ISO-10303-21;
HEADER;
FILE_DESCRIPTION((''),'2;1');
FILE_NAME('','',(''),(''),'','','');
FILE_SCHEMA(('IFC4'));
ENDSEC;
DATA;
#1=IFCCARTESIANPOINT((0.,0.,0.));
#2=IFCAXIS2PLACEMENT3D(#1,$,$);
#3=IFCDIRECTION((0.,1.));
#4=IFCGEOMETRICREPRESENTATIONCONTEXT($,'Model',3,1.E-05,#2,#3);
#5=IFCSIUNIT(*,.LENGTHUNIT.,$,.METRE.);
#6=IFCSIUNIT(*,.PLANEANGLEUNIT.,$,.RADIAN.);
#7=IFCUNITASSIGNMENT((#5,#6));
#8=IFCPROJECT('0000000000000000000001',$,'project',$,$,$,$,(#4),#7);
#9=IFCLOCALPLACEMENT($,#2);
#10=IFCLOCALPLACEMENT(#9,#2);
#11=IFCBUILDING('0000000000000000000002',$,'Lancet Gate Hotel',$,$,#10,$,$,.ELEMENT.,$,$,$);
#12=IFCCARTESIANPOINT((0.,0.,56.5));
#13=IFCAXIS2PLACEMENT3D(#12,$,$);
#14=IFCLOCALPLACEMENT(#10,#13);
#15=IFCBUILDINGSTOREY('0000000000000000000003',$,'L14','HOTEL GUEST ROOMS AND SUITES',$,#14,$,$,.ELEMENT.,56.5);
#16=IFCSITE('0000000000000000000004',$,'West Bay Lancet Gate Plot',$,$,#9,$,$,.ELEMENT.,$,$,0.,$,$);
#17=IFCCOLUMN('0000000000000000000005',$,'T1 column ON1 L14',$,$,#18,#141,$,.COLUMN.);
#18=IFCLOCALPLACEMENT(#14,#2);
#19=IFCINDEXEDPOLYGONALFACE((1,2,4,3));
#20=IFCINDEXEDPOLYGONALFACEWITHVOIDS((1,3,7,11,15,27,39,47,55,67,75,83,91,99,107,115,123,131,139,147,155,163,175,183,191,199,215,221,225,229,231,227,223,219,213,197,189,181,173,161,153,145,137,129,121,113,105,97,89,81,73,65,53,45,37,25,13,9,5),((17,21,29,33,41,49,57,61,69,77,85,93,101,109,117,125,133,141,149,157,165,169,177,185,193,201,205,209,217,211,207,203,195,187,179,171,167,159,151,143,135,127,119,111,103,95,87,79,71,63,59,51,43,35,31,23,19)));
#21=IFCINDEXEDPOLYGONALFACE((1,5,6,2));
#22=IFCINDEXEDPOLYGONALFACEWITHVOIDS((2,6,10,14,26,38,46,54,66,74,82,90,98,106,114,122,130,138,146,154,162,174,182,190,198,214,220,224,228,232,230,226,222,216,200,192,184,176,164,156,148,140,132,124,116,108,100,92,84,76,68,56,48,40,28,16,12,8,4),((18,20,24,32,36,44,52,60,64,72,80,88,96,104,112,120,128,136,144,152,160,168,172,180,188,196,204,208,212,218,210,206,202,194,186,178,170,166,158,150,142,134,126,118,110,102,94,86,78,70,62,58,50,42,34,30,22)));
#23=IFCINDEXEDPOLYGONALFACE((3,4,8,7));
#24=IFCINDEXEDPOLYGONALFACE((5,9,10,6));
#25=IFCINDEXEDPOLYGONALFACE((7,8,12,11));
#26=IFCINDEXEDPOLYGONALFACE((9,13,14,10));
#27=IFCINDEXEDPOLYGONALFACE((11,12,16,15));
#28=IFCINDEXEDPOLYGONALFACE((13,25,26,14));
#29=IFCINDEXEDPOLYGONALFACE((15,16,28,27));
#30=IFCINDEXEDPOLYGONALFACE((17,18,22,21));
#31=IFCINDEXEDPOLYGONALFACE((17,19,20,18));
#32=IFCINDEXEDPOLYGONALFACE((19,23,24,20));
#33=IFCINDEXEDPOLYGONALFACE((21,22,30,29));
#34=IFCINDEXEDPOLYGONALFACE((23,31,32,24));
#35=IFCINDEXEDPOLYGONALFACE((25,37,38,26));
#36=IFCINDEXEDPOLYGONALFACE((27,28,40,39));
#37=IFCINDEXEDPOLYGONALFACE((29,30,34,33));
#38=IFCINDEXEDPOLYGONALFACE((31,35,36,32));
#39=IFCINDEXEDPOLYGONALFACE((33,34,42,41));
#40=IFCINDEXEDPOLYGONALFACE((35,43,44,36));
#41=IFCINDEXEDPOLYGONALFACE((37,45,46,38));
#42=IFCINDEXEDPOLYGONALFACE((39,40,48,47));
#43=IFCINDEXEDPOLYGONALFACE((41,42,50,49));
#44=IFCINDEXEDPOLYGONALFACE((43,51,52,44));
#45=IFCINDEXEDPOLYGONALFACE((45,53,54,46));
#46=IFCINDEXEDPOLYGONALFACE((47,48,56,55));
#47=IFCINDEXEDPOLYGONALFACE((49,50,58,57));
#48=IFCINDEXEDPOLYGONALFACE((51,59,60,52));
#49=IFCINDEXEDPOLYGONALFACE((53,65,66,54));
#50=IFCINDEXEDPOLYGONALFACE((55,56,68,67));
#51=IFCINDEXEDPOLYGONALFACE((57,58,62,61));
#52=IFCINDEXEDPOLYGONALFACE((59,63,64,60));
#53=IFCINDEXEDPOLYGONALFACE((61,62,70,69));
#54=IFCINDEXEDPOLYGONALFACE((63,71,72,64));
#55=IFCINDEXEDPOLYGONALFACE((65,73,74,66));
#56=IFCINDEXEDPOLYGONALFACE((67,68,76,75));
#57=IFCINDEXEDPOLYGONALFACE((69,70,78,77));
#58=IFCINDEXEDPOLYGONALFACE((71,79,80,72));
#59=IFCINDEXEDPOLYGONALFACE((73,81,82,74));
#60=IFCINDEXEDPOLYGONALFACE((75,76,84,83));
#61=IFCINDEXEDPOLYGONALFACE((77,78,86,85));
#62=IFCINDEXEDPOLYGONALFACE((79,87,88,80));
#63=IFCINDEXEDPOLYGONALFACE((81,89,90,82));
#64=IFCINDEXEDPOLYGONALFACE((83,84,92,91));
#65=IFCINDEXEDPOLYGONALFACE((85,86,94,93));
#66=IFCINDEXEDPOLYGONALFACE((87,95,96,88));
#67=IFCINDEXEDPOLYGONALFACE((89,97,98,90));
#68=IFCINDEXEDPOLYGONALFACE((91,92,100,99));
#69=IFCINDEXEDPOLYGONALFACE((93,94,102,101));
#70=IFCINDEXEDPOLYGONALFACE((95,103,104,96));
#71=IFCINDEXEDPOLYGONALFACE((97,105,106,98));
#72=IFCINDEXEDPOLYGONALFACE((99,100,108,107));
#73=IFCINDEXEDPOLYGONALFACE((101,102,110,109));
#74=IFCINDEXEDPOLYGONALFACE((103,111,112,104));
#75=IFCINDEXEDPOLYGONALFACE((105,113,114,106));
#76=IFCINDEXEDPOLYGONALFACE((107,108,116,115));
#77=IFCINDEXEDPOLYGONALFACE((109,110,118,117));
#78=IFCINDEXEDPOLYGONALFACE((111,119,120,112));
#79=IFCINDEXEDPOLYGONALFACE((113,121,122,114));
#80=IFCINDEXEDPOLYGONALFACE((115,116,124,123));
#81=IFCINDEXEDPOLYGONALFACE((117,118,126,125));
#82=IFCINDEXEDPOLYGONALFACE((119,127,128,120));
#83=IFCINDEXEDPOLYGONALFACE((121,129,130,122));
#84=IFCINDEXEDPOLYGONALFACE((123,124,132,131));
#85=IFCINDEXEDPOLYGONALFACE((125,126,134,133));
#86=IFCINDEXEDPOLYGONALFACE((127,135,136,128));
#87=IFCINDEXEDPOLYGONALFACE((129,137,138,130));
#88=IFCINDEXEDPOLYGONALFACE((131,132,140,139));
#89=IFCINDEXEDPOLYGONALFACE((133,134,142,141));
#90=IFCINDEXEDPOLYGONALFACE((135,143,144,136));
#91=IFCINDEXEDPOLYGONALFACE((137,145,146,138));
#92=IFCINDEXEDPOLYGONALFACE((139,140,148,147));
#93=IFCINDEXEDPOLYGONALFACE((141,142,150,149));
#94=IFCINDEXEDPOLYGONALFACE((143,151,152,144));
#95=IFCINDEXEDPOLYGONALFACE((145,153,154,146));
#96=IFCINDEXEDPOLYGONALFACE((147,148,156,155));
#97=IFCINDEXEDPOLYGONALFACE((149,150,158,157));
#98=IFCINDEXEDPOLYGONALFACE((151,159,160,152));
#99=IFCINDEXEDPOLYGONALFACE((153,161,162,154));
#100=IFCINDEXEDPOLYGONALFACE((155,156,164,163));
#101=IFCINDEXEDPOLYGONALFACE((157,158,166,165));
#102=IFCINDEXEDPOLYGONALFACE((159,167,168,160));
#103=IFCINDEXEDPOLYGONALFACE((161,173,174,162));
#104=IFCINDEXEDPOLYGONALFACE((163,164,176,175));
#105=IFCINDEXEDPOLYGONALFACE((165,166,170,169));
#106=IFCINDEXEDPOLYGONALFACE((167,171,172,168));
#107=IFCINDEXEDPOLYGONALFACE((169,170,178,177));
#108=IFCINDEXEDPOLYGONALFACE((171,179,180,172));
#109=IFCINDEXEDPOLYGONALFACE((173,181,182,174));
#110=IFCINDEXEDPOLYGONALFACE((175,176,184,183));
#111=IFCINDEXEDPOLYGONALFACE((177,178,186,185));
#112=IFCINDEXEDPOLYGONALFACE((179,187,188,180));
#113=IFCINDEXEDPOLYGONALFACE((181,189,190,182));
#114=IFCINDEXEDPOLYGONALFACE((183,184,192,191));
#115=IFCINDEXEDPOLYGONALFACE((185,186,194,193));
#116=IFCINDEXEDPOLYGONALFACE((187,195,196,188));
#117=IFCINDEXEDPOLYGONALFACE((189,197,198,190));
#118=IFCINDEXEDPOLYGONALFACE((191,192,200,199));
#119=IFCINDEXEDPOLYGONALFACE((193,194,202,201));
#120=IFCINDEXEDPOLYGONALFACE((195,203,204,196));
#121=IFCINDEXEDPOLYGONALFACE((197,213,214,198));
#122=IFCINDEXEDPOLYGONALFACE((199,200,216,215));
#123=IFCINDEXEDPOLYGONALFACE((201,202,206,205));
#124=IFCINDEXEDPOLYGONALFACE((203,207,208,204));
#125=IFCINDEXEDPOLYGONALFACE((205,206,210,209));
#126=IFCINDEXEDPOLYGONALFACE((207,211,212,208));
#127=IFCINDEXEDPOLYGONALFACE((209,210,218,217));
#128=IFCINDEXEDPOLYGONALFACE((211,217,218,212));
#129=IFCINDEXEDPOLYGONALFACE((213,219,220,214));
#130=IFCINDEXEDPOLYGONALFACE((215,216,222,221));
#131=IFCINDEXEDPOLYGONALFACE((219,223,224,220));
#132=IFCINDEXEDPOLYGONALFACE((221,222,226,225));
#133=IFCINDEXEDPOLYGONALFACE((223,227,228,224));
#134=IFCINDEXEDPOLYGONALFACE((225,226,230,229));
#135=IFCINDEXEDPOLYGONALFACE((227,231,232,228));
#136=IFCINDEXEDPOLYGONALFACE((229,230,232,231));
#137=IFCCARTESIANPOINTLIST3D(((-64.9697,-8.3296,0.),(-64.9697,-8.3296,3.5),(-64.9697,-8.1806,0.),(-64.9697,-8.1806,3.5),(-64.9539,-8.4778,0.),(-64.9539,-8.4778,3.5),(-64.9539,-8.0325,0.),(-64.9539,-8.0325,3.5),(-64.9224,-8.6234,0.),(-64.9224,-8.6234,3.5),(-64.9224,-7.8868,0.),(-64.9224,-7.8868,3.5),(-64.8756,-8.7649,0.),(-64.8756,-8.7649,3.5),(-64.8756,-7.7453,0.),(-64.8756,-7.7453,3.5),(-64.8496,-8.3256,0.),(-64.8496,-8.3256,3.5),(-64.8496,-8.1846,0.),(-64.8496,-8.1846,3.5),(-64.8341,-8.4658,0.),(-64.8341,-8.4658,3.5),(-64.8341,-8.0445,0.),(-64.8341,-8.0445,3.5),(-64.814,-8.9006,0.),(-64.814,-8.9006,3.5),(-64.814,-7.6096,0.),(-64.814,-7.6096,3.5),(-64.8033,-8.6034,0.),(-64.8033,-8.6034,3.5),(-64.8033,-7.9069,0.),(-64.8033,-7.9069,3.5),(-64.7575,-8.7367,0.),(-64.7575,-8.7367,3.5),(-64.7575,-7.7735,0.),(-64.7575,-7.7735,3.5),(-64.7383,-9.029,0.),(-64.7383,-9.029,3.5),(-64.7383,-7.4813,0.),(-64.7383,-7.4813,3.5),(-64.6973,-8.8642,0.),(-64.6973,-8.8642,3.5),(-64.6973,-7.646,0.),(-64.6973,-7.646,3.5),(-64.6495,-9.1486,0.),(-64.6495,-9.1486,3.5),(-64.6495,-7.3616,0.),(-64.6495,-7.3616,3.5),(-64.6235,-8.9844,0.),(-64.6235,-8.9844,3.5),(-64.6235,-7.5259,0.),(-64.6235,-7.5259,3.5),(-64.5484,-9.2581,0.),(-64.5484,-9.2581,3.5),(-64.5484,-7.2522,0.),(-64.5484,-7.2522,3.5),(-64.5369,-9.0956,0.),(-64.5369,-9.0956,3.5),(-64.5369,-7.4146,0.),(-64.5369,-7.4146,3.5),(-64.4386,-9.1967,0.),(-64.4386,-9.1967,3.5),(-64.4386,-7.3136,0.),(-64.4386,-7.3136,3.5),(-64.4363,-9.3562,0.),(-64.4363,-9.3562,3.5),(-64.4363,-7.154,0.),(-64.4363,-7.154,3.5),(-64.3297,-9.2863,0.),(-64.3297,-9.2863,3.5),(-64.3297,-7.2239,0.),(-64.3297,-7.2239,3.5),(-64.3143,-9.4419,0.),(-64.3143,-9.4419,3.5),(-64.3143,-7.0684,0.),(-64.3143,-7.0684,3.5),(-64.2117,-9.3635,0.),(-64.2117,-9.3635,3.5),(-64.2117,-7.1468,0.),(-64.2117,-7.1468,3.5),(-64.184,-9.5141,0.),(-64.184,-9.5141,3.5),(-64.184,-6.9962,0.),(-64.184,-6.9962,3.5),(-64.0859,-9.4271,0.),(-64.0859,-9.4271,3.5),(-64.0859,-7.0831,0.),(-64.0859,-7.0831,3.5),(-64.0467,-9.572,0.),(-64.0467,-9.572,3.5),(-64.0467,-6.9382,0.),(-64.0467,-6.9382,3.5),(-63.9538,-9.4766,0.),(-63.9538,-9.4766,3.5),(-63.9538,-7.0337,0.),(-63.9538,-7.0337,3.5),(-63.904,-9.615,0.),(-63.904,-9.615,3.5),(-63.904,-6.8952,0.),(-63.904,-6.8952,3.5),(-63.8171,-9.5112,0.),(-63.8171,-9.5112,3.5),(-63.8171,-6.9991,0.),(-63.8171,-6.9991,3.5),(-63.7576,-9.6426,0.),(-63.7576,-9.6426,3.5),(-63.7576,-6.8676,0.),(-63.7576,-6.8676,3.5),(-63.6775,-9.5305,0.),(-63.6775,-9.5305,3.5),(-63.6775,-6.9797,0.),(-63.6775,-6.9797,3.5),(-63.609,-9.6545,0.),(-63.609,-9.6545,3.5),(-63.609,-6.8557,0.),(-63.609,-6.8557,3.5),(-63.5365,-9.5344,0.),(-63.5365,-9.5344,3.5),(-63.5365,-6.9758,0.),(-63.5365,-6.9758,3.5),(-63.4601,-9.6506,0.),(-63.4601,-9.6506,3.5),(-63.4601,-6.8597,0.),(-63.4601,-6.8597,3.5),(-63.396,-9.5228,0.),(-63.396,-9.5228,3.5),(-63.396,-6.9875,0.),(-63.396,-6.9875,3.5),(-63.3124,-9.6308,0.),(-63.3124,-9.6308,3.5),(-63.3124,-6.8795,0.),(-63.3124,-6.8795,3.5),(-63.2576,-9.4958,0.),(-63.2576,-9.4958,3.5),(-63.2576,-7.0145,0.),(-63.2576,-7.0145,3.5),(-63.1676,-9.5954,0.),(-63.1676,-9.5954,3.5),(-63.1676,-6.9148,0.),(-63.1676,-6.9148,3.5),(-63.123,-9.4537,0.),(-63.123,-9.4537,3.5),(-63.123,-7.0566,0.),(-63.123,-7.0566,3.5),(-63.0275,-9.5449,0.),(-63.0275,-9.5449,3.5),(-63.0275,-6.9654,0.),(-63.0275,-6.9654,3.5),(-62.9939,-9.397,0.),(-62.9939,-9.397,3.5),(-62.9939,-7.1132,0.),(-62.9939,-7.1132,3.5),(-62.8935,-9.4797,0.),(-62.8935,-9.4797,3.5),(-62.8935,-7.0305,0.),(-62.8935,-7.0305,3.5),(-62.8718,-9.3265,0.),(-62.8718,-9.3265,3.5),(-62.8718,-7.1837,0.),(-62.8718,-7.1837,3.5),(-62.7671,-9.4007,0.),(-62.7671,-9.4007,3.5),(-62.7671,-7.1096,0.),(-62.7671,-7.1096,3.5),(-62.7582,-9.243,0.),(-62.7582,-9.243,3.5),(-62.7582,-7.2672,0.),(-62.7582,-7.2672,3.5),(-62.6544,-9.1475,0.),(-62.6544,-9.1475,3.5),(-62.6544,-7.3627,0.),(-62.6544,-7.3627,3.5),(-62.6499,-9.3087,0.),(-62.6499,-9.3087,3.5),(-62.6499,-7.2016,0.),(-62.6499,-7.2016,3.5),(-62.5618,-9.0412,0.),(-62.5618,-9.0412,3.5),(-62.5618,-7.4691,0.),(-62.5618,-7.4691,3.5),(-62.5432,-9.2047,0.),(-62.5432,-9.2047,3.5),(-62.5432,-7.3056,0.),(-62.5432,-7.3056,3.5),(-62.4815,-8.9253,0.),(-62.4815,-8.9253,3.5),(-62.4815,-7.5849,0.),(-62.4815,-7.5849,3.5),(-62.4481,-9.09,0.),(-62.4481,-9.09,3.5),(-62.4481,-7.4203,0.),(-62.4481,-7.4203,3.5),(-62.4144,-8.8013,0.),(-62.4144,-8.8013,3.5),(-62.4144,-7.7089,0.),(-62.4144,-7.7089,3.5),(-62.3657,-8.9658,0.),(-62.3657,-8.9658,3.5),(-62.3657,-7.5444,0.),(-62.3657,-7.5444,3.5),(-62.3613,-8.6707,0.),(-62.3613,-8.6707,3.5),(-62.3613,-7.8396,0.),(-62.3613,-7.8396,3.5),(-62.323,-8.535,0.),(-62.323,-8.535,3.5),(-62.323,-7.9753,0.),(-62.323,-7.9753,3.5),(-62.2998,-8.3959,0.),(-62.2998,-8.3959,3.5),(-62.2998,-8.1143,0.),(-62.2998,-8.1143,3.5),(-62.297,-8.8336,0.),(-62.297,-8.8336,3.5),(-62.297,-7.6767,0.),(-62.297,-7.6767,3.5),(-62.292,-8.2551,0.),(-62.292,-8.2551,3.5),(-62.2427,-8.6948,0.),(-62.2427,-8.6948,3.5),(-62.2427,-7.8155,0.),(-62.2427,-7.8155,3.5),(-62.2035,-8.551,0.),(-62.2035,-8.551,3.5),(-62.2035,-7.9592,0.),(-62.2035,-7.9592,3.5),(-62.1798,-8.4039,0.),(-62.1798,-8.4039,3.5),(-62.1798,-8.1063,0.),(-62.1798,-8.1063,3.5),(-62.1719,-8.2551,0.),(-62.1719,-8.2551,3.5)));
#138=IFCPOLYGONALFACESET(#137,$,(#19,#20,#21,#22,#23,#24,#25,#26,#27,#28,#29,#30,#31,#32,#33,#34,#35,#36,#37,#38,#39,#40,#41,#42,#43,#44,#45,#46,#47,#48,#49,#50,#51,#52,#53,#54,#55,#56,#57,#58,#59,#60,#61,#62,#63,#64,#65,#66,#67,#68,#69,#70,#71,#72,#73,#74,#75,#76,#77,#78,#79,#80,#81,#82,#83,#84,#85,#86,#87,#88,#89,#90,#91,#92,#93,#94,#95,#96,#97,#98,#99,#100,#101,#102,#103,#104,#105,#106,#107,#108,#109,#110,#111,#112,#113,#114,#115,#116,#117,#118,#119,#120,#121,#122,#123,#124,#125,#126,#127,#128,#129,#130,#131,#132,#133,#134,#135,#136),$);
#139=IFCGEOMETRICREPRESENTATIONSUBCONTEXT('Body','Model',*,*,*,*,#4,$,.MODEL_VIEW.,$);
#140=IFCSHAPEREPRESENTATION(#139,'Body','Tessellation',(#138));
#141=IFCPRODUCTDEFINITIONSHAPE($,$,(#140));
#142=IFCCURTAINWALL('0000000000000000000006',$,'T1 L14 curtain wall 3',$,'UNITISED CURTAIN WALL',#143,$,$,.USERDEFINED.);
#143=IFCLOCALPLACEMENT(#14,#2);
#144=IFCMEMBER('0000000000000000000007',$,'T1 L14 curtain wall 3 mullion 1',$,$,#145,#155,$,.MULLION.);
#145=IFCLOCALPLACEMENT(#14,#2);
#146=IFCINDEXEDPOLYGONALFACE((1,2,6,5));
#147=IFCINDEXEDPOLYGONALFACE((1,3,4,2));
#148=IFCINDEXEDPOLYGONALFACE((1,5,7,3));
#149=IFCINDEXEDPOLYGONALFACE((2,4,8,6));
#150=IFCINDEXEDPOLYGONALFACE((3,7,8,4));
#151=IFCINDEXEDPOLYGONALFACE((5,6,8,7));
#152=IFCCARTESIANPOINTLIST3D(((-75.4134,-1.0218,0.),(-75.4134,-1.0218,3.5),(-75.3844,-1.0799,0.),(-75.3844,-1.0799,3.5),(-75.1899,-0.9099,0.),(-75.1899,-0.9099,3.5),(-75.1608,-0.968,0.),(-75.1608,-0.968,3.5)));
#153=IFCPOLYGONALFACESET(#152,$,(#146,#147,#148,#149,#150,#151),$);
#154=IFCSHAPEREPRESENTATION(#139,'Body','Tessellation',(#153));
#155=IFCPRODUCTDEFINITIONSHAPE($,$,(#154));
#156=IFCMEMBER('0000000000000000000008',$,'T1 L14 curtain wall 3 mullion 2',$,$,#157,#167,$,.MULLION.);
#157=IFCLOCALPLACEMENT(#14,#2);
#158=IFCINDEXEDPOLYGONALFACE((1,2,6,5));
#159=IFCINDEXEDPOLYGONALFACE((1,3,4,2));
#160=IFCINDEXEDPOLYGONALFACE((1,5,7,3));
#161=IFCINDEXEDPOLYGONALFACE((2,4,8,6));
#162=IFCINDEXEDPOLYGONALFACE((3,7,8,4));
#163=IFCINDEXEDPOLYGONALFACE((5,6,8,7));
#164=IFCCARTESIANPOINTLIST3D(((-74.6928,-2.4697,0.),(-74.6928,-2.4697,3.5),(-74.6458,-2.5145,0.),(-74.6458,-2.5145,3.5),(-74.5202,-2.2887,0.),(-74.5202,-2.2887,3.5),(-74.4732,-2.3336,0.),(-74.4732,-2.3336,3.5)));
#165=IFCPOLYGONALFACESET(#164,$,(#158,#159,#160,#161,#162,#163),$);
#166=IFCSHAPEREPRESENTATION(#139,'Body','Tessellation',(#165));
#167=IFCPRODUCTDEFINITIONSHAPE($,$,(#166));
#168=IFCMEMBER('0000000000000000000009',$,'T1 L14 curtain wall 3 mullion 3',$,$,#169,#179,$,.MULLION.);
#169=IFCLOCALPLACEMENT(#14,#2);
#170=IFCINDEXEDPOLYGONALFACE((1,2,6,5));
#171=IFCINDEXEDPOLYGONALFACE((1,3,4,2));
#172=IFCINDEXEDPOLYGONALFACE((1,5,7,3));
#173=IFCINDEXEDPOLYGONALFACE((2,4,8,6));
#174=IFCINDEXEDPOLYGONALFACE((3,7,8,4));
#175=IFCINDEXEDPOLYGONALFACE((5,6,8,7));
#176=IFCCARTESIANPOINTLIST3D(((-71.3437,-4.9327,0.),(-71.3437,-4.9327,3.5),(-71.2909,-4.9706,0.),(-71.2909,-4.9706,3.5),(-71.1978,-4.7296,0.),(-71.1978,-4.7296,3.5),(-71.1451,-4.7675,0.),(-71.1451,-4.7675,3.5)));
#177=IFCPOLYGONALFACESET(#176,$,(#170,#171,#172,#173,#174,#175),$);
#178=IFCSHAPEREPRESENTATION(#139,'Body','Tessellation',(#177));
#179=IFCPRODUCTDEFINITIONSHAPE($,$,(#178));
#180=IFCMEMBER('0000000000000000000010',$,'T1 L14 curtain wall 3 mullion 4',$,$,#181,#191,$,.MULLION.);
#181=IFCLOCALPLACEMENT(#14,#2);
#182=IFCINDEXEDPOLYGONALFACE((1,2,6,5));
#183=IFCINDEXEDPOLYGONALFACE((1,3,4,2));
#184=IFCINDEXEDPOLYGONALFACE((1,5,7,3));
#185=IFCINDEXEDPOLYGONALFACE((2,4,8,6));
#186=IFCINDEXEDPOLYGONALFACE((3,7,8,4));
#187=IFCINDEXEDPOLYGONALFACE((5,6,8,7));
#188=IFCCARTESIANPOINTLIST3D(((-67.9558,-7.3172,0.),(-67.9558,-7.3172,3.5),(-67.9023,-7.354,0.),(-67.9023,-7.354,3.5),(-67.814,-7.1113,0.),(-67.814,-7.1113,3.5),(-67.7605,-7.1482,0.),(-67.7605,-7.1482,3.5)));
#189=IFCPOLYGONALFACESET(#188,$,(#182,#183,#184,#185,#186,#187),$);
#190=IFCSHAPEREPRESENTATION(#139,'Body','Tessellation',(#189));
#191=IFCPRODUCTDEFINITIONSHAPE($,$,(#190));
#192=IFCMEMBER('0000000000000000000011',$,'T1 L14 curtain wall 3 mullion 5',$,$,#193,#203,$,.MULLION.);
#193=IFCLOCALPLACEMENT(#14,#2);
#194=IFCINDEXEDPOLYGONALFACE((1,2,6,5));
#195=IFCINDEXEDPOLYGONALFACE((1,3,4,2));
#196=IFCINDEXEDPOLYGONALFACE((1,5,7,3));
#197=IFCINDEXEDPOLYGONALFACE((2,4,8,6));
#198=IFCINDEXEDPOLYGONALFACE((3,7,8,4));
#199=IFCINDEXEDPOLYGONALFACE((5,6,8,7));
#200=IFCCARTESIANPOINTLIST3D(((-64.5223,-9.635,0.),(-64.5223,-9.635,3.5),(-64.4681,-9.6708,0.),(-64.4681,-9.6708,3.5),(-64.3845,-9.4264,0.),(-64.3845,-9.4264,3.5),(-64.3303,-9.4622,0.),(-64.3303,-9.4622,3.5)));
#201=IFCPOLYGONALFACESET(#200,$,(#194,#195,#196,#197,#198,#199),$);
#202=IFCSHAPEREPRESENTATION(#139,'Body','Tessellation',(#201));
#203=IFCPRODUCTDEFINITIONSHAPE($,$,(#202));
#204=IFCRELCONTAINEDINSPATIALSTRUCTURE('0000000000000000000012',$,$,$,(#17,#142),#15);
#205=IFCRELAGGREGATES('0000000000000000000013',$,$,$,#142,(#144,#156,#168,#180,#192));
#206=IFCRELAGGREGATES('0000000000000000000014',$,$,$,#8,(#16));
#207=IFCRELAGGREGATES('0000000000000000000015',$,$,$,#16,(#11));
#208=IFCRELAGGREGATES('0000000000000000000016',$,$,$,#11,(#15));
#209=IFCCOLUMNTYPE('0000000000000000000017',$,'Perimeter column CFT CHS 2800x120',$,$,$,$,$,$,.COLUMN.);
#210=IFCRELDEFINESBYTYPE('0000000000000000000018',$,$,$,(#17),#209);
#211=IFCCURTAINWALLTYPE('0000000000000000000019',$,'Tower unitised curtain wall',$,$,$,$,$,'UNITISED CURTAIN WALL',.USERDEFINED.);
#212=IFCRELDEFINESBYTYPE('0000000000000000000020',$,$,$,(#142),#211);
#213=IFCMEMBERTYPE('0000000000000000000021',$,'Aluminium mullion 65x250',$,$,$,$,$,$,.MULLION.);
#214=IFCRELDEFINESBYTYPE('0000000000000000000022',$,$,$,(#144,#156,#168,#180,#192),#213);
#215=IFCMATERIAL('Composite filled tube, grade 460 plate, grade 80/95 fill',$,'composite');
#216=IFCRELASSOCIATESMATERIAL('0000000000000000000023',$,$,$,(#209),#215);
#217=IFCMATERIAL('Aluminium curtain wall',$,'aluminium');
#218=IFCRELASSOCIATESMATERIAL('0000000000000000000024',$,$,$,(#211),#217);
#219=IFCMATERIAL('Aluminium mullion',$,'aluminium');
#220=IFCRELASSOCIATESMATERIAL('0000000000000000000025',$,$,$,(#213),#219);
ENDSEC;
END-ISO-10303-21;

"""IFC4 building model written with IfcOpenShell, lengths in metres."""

from ifc_helpers import new_model, si_unit, direction, frame, origin, origin_2d, place, context, subcontext, project, spatial, rectangle, hollow_circle, extrude, material, material_profile, profile_set, type_object, element, aggregate, save


model = new_model("IFC4")

# Units and contexts
model_context = context("Model", 3, precision=1e-05, world=origin(), true_north=direction((0.0, 1.0)))
body_context = subcontext(model_context, "Body", "Model", "MODEL_VIEW")
ifc_project = project(units=[si_unit("LENGTHUNIT", "METRE"), si_unit("PLANEANGLEUNIT", "RADIAN")], contexts=[model_context])

# Site, building, storey
site_placement = place(None, origin())
site = spatial("IfcSite", under=ifc_project, at=site_placement, Name="West Bay Lancet Gate Plot", CompositionType="ELEMENT", RefElevation=0.0)
building_placement = place(site_placement, origin())
building = spatial("IfcBuilding", under=site, at=building_placement, Name="Lancet Gate Hotel", CompositionType="ELEMENT")
storey_placement = place(building_placement, frame((0.0, 0.0, 56.5)))
storey = spatial("IfcBuildingStorey", under=building, at=storey_placement, Name="L14", Description="HOTEL GUEST ROOMS AND SUITES", CompositionType="ELEMENT", Elevation=56.5)

# Column
ifc_material_1 = material(Name="Composite filled tube, grade 460 plate, grade 80/95 fill", Category="composite")
ifc_material_profile_1 = material_profile(ifc_material_1, hollow_circle(Radius=1.3999, WallThickness=0.1201, at=origin_2d()), Name="CHS 2800x120")
ifc_profile_set_1 = profile_set([ifc_material_profile_1], Name="Composite filled tube, grade 460 plate, grade 80/95 fill")
column_type_1 = type_object("IfcColumnType", Name="Perimeter column CFT CHS 2800x120", PredefinedType="COLUMN", material=ifc_profile_set_1)
column_1_placement = place(storey_placement, frame((-63.5718, -8.2551, 0.0), z_axis=(0.0, 0.0, 1.0), x_axis=(1.0, 0.0, 0.0)))
element("IfcColumn", 1, at=column_1_placement, inside=storey, type_object=column_type_1, Name="T1 column ON1 L14", PredefinedType="COLUMN", context=body_context, shape_type="SweptSolid", body=[
    extrude(hollow_circle(Radius=1.3999, WallThickness=0.1201, at=origin_2d()), origin(), (0.0, 0.0, 1.0), 3.5),
])

# Curtain wall, members
ifc_material_2 = material(Name="Aluminium curtain wall", Category="aluminium")
curtain_wall_type = type_object("IfcCurtainWallType", Name="Tower unitised curtain wall", ElementType="UNITISED CURTAIN WALL", PredefinedType="USERDEFINED", material=ifc_material_2)
curtain_wall_placement = place(storey_placement, origin())
curtain_wall = element("IfcCurtainWall", 2, at=curtain_wall_placement, inside=storey, type_object=curtain_wall_type, Name="T1 L14 curtain wall 3", ObjectType="UNITISED CURTAIN WALL", PredefinedType="USERDEFINED")
ifc_material_3 = material(Name="Aluminium mullion", Category="aluminium")
ifc_material_profile_2 = material_profile(ifc_material_3, rectangle(XDim=0.0649, YDim=0.25, at=origin_2d()), Name="MULLION 65x250")
ifc_profile_set_2 = profile_set([ifc_material_profile_2], Name="Aluminium mullion")
member_type_1 = type_object("IfcMemberType", Name="Aluminium mullion 65x250", PredefinedType="MULLION", material=ifc_profile_set_2)
member_1_placement = place(storey_placement, frame((-75.2871, -0.9949, 0.0), z_axis=(0.0, 0.0, 1.0), x_axis=(0.447628, -0.89422, 0.0)))
member_1 = element("IfcMember", 3, at=member_1_placement, type_object=member_type_1, Name="T1 L14 curtain wall 3 mullion 1", PredefinedType="MULLION", context=body_context, shape_type="SweptSolid", body=[
    extrude(rectangle(XDim=0.0649, YDim=0.25, at=origin_2d()), origin(), (0.0, 0.0, 1.0), 3.5),
])
member_2_placement = place(storey_placement, frame((-74.583, -2.4016, 0.0), z_axis=(0.0, 0.0, 1.0), x_axis=(0.723696, -0.690119, 0.0)))
member_2 = element("IfcMember", 4, at=member_2_placement, type_object=member_type_1, Name="T1 L14 curtain wall 3 mullion 2", PredefinedType="MULLION", context=body_context, shape_type="SweptSolid", body=[
    extrude(rectangle(XDim=0.0649, YDim=0.25, at=origin_2d()), origin(), (0.0, 0.0, 1.0), 3.5),
])
member_3_placement = place(storey_placement, frame((-71.2444, -4.8501, 0.0), z_axis=(0.0, 0.0, 1.0), x_axis=(0.812147, -0.583453, 0.0)))
member_3 = element("IfcMember", 5, at=member_3_placement, type_object=member_type_1, Name="T1 L14 curtain wall 3 mullion 3", PredefinedType="MULLION", context=body_context, shape_type="SweptSolid", body=[
    extrude(rectangle(XDim=0.0649, YDim=0.25, at=origin_2d()), origin(), (0.0, 0.0, 1.0), 3.5),
])
member_4_placement = place(storey_placement, frame((-67.8582, -7.2327, 0.0), z_axis=(0.0, 0.0, 1.0), x_axis=(0.823425, -0.567425, 0.0)))
member_4 = element("IfcMember", 6, at=member_4_placement, type_object=member_type_1, Name="T1 L14 curtain wall 3 mullion 4", PredefinedType="MULLION", context=body_context, shape_type="SweptSolid", body=[
    extrude(rectangle(XDim=0.0649, YDim=0.25, at=origin_2d()), origin(), (0.0, 0.0, 1.0), 3.5),
])
member_5_placement = place(storey_placement, frame((-64.4263, -9.5486, 0.0), z_axis=(0.0, 0.0, 1.0), x_axis=(0.834387, -0.551178, 0.0)))
member_5 = element("IfcMember", 7, at=member_5_placement, type_object=member_type_1, Name="T1 L14 curtain wall 3 mullion 5", PredefinedType="MULLION", context=body_context, shape_type="SweptSolid", body=[
    extrude(rectangle(XDim=0.0649, YDim=0.25, at=origin_2d()), origin(), (0.0, 0.0, 1.0), 3.5),
])

aggregate(curtain_wall, [member_1, member_2, member_3, member_4, member_5])

save(model, "model.ifc")
